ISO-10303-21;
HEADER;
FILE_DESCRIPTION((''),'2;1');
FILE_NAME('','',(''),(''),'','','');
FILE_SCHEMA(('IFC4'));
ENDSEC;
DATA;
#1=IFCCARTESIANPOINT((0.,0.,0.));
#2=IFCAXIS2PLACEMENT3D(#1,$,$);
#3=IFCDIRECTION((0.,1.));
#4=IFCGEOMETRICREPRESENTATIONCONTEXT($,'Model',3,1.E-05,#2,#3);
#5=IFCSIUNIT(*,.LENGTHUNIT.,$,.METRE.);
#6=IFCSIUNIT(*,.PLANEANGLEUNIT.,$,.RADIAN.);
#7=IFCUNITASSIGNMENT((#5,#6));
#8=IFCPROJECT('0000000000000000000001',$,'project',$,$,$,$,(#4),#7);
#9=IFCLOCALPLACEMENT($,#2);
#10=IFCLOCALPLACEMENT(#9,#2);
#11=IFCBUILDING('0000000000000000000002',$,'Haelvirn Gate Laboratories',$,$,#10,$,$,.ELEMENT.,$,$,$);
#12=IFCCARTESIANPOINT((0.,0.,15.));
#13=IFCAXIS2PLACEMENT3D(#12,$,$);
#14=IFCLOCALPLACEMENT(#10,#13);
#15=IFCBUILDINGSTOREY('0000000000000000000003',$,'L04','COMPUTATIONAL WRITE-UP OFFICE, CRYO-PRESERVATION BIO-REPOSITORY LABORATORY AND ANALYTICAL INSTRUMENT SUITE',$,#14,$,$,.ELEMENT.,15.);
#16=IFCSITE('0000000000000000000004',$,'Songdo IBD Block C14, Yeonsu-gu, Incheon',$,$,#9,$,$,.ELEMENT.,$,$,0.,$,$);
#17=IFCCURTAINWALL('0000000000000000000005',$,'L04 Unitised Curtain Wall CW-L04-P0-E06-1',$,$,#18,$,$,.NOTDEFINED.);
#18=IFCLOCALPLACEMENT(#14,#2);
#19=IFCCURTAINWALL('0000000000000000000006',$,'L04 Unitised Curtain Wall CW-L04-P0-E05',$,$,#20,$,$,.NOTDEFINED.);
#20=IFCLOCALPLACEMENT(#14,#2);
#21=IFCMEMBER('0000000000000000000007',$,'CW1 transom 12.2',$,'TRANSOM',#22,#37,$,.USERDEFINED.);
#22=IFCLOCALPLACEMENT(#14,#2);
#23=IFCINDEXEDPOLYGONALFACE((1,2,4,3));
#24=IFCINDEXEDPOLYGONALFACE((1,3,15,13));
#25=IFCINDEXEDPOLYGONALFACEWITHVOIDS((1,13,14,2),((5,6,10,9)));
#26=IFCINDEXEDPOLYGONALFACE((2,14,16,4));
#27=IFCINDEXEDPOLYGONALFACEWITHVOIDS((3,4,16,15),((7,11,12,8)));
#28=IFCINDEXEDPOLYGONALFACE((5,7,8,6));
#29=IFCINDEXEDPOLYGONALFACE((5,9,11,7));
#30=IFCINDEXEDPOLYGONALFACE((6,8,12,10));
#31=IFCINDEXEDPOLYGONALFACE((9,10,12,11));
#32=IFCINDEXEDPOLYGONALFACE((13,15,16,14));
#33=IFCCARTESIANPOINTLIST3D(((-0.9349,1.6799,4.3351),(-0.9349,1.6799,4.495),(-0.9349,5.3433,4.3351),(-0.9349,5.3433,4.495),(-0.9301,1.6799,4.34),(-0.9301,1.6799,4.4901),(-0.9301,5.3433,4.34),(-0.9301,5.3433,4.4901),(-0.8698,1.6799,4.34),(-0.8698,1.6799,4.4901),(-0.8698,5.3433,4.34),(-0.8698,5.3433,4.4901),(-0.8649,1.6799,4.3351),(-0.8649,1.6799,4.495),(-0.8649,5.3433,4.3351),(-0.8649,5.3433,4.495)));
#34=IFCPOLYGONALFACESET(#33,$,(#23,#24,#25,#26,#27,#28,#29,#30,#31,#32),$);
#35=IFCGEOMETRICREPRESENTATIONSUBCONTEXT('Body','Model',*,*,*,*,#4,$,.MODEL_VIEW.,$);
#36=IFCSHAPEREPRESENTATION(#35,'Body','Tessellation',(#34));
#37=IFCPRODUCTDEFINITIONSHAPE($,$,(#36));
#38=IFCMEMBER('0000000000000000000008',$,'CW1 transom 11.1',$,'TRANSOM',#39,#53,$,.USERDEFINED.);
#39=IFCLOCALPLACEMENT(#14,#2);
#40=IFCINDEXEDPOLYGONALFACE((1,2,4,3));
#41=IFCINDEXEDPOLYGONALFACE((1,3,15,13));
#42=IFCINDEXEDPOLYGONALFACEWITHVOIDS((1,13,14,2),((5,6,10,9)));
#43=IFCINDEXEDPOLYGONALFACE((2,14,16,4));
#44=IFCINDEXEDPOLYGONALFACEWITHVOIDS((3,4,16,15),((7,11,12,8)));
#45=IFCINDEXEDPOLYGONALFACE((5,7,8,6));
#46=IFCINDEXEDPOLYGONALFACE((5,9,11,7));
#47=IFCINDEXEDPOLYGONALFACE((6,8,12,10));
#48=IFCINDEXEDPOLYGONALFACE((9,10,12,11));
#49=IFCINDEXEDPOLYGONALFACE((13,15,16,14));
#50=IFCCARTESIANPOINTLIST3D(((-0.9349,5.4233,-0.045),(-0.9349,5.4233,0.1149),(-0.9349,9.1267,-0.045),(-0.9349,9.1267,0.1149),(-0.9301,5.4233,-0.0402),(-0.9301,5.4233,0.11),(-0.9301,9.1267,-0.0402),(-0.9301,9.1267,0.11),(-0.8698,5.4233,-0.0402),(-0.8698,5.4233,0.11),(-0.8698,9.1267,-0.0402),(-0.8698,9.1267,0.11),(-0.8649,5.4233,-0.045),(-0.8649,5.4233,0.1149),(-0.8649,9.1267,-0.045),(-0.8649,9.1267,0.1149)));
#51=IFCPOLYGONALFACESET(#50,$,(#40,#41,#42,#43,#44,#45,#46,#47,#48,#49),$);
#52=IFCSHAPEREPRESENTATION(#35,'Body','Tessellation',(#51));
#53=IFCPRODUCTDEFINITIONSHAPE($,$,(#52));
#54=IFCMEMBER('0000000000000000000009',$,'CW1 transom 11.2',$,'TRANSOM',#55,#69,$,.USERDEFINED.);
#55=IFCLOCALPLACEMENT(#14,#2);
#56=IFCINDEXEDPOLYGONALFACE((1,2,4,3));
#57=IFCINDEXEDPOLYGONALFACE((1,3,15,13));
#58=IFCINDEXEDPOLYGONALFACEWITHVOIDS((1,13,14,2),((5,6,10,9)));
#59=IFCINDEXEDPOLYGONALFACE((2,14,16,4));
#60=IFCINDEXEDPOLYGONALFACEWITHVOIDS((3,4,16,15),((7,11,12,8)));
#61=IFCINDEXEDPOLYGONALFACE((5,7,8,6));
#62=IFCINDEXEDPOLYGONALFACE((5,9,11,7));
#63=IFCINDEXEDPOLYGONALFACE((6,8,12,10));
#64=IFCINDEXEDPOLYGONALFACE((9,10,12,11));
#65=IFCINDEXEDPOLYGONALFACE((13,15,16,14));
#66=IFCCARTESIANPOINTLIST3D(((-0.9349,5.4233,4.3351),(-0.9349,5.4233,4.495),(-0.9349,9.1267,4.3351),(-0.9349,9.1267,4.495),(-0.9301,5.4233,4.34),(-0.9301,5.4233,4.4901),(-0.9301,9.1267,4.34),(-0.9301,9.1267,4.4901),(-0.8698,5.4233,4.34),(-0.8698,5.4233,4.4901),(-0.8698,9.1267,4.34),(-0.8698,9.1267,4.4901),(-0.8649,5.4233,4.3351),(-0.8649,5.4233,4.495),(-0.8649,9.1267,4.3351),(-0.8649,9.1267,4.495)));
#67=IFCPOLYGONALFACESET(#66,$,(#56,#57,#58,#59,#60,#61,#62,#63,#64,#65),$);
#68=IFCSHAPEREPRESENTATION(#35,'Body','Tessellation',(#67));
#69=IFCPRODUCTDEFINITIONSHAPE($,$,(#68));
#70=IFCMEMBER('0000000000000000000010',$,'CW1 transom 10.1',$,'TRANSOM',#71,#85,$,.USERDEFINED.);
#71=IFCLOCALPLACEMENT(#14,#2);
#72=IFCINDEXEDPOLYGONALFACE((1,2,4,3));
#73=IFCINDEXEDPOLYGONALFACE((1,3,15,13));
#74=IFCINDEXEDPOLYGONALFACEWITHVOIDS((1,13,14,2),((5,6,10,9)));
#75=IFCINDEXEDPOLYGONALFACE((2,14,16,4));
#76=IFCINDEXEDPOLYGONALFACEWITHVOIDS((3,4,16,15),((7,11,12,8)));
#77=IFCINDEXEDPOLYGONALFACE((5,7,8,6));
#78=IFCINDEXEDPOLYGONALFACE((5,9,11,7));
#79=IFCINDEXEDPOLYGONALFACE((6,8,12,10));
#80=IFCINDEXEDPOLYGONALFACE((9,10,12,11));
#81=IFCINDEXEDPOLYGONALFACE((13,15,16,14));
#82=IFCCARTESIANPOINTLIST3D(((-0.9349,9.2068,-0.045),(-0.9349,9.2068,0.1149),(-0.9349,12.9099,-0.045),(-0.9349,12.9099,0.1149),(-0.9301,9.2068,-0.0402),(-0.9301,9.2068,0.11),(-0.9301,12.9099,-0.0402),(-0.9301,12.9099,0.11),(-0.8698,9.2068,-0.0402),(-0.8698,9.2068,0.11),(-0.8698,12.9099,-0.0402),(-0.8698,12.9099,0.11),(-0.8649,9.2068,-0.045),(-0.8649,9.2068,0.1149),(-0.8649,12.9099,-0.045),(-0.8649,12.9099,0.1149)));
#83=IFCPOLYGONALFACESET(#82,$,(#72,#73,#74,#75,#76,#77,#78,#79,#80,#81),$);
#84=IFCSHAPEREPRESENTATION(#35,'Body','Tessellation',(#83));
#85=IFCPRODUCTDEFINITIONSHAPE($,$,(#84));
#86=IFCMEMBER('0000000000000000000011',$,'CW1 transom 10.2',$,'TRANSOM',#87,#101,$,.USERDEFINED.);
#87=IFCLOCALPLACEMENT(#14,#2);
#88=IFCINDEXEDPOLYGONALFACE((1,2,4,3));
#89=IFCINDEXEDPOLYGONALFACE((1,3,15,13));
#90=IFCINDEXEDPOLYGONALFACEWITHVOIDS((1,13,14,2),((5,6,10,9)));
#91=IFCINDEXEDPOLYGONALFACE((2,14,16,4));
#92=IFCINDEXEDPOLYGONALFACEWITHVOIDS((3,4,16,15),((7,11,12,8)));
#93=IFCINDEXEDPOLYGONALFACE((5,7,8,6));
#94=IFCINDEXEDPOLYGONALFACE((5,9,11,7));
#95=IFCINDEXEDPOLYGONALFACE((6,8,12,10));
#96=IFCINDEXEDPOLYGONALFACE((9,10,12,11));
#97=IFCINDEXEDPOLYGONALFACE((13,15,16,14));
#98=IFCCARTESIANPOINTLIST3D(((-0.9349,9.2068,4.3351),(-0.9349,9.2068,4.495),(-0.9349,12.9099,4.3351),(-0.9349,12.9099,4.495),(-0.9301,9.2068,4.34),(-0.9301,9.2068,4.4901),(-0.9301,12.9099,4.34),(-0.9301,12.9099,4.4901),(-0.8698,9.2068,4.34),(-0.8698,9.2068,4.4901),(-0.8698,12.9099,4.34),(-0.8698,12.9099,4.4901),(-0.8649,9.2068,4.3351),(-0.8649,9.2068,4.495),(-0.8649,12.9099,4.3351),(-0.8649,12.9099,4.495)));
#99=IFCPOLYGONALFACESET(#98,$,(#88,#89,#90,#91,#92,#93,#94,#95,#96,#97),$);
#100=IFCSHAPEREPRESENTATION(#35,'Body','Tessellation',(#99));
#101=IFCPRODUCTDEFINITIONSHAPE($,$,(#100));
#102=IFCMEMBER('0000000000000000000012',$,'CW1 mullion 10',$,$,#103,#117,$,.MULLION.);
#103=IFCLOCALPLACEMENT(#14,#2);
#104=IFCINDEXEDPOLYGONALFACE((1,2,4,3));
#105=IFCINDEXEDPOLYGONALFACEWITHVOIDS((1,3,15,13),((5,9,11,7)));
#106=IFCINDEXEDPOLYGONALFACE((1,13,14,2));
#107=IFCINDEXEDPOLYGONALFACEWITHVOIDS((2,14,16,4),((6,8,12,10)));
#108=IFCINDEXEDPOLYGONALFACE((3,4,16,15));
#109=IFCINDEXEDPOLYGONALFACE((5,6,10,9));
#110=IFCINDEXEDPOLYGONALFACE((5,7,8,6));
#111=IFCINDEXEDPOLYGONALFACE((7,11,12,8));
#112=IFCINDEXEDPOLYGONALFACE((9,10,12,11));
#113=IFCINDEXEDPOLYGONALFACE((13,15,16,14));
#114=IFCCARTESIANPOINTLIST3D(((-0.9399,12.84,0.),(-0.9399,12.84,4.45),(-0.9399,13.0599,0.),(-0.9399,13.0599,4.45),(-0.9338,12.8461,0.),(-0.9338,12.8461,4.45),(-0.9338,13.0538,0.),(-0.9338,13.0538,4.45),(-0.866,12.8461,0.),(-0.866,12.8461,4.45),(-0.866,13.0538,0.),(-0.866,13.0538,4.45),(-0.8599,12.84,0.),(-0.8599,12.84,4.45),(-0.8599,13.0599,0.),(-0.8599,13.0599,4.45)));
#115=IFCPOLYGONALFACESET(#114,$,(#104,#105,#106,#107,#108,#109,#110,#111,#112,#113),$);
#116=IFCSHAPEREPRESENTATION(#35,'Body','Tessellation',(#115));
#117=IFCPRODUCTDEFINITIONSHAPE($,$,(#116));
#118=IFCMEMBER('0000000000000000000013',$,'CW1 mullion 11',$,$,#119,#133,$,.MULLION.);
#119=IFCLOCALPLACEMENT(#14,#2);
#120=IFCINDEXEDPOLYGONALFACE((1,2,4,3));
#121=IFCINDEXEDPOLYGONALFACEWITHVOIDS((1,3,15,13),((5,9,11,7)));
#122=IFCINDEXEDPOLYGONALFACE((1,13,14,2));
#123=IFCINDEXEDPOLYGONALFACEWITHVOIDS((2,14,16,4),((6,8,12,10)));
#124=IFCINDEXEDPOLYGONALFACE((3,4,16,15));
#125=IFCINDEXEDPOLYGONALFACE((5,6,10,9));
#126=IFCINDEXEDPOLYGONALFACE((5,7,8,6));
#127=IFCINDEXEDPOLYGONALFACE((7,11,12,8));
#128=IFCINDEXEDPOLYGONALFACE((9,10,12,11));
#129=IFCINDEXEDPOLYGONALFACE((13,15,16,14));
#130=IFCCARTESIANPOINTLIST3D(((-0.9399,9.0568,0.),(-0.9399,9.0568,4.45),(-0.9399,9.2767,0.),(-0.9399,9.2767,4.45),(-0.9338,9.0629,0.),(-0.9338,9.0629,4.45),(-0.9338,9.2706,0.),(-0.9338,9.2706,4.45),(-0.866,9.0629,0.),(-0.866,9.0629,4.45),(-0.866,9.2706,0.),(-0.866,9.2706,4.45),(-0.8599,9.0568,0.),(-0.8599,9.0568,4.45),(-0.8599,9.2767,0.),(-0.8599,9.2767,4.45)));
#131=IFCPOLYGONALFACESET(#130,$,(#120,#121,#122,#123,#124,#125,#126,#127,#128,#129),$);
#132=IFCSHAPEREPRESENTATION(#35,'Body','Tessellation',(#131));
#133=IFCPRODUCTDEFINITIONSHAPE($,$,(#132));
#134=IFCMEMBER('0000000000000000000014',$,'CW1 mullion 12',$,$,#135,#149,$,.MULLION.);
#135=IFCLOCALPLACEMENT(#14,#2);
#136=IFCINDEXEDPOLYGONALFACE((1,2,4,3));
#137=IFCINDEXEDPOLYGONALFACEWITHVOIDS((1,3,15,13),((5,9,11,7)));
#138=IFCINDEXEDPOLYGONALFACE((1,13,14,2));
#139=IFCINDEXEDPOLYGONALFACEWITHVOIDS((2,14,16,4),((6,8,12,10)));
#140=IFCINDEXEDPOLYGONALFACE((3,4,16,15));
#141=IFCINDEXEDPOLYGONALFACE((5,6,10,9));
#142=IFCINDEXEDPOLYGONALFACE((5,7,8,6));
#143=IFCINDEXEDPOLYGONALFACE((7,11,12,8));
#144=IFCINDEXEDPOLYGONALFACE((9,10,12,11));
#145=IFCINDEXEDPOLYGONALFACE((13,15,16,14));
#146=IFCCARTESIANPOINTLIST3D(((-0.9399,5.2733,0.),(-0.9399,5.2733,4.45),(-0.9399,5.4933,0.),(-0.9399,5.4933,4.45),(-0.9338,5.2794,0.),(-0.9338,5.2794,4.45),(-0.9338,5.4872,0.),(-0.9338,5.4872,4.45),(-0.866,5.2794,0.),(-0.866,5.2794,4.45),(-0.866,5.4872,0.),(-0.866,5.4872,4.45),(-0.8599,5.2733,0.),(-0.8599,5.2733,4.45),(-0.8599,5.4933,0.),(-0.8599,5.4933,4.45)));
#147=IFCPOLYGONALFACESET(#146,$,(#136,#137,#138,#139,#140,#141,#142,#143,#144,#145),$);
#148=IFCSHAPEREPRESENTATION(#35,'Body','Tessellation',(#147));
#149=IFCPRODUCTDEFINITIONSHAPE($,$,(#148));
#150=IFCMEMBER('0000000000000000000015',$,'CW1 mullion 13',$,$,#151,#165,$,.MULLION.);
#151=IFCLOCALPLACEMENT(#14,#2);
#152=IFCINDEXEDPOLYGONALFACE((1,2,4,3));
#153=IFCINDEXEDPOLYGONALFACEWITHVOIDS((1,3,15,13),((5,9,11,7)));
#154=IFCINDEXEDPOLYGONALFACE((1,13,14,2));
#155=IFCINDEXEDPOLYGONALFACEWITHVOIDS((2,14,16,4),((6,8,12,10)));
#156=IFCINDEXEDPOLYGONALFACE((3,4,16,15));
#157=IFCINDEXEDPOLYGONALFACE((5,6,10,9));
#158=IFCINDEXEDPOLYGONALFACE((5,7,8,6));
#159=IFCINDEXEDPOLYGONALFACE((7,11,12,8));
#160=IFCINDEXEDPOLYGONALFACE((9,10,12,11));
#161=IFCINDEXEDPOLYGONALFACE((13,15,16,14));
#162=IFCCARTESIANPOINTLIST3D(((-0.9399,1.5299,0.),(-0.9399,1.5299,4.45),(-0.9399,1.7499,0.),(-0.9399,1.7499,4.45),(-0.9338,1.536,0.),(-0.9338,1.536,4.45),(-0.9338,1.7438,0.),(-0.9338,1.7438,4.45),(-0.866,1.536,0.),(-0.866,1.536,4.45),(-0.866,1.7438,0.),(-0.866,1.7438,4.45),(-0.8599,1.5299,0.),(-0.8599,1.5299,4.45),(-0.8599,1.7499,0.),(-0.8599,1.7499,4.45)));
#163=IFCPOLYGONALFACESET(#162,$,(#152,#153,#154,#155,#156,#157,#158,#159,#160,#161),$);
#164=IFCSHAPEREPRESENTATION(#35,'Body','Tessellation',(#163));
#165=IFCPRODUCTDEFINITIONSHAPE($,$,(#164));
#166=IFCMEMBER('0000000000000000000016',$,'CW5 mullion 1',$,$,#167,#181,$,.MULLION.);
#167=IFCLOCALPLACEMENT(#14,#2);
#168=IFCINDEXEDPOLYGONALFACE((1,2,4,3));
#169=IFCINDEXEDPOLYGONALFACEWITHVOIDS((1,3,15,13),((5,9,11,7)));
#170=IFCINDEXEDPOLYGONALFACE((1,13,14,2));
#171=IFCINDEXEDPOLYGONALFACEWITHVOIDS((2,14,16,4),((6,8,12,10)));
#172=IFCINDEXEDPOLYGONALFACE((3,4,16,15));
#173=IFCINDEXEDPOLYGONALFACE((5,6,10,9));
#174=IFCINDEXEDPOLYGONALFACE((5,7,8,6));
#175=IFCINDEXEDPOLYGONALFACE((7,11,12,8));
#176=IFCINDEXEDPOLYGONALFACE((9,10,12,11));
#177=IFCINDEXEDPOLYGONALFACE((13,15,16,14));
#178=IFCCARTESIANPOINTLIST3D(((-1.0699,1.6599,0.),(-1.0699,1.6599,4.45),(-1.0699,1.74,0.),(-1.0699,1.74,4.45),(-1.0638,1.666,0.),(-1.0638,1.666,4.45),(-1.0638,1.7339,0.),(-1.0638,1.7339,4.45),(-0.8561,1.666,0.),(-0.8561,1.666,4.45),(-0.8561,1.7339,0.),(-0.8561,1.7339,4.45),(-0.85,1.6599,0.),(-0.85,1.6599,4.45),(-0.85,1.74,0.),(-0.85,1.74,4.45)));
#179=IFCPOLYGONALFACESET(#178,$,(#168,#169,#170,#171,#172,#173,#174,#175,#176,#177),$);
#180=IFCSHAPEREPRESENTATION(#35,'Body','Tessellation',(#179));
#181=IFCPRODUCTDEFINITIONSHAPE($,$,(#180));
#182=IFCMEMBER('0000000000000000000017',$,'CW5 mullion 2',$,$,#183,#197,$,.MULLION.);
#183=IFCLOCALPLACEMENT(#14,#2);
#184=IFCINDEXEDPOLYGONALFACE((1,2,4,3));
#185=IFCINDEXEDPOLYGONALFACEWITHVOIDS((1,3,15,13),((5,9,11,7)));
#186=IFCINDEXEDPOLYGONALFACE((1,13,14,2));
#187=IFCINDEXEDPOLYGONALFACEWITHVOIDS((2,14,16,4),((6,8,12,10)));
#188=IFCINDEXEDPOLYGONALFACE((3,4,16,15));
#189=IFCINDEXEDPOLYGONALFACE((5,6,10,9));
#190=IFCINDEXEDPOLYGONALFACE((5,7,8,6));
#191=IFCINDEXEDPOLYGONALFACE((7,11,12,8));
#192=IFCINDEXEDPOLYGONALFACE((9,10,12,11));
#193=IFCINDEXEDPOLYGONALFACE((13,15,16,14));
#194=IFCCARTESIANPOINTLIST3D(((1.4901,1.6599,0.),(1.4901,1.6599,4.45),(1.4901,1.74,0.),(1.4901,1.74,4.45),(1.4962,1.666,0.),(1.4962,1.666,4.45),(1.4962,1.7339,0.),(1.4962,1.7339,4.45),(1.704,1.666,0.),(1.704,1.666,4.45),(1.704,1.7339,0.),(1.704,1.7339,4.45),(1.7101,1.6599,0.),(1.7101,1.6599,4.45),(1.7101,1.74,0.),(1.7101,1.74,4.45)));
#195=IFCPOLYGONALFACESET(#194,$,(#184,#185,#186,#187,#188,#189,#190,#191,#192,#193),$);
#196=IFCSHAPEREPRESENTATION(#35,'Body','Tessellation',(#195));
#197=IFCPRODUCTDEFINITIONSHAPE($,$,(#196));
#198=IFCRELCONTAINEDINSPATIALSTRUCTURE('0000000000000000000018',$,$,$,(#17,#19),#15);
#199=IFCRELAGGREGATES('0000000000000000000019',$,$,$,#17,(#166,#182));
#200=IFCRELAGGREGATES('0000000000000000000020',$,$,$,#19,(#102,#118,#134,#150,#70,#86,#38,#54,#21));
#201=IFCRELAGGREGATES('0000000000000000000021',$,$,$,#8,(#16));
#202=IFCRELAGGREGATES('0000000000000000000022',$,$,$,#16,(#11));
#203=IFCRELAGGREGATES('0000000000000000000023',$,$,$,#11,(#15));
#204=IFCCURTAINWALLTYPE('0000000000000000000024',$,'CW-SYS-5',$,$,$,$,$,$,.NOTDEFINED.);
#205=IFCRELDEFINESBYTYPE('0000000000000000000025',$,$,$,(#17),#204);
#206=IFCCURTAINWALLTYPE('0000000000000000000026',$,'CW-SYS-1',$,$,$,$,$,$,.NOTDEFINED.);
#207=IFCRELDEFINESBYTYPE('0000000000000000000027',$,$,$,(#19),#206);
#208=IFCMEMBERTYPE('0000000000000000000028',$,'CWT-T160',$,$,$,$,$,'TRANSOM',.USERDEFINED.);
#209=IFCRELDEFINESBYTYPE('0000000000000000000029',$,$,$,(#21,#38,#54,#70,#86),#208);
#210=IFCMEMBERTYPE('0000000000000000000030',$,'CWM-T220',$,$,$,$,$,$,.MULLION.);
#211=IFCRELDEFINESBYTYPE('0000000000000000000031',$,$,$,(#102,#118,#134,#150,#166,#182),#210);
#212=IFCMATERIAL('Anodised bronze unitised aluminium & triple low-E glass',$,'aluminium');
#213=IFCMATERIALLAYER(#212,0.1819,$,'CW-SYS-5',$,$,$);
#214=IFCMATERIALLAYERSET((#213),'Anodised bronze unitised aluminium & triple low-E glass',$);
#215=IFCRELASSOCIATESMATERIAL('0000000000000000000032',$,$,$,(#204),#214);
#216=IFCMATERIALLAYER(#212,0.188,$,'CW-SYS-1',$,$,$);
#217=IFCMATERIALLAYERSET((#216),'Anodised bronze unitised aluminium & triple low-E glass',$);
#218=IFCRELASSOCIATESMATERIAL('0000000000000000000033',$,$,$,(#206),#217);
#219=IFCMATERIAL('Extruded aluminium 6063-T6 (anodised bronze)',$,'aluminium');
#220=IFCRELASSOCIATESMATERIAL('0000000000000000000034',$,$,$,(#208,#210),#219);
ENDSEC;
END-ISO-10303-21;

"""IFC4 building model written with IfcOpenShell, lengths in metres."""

from ifc_helpers import new_model, si_unit, direction, frame, origin, origin_2d, place, context, subcontext, project, spatial, hollow_rectangle, extrude, source, transform, mapped, material, layer, layer_set, material_profile, profile_set, type_object, type_shapes, element, aggregate, save


model = new_model("IFC4")

# Units and contexts
model_context = context("Model", 3, precision=1e-05, world=origin(), true_north=direction((0.0, 1.0)))
body_context = subcontext(model_context, "Body", "Model", "MODEL_VIEW")
ifc_project = project(units=[si_unit("LENGTHUNIT", "METRE"), si_unit("PLANEANGLEUNIT", "RADIAN")], contexts=[model_context])

# Site, building, storey
site_placement = place(None, origin())
site = spatial("IfcSite", under=ifc_project, at=site_placement, Name="Songdo IBD Block C14, Yeonsu-gu, Incheon", CompositionType="ELEMENT", RefElevation=0.0)
building_placement = place(site_placement, origin())
building = spatial("IfcBuilding", under=site, at=building_placement, Name="Haelvirn Gate Laboratories", CompositionType="ELEMENT")
storey_placement = place(building_placement, frame((0.0, 0.0, 15.0)))
storey = spatial("IfcBuildingStorey", under=building, at=storey_placement, Name="L04", Description="COMPUTATIONAL WRITE-UP OFFICE, CRYO-PRESERVATION BIO-REPOSITORY LABORATORY AND ANALYTICAL INSTRUMENT SUITE", CompositionType="ELEMENT", Elevation=15.0)

# Curtain walls, members
ifc_material_1 = material(Name="Anodised bronze unitised aluminium & triple low-E glass", Category="aluminium")
ifc_layer_1 = layer(ifc_material_1, 0.1819, Name="CW-SYS-5")
ifc_layer_set_1 = layer_set([ifc_layer_1], Name="Anodised bronze unitised aluminium & triple low-E glass")
curtain_wall_type_1 = type_object("IfcCurtainWallType", Name="CW-SYS-5", PredefinedType="NOTDEFINED", material=ifc_layer_set_1)
curtain_wall_1_placement = place(storey_placement, origin())
curtain_wall_1 = element("IfcCurtainWall", 1, at=curtain_wall_1_placement, inside=storey, type_object=curtain_wall_type_1, Name="L04 Unitised Curtain Wall CW-L04-P0-E06-1", PredefinedType="NOTDEFINED")
ifc_material_2 = material(Name="Extruded aluminium 6063-T6 (anodised bronze)", Category="aluminium")
ifc_layer_2 = layer(ifc_material_1, 0.188, Name="CW-SYS-1")
ifc_layer_set_2 = layer_set([ifc_layer_2], Name="Anodised bronze unitised aluminium & triple low-E glass")
curtain_wall_type_2 = type_object("IfcCurtainWallType", Name="CW-SYS-1", PredefinedType="NOTDEFINED", material=ifc_layer_set_2)
curtain_wall_2_placement = place(storey_placement, origin())
curtain_wall_2 = element("IfcCurtainWall", 2, at=curtain_wall_2_placement, inside=storey, type_object=curtain_wall_type_2, Name="L04 Unitised Curtain Wall CW-L04-P0-E05", PredefinedType="NOTDEFINED")
ifc_material_profile_1 = material_profile(ifc_material_2, hollow_rectangle(XDim=0.0701, YDim=0.1599, WallThickness=0.0049, at=origin_2d()), Name="CWT-160x70x5")
ifc_profile_set_1 = profile_set([ifc_material_profile_1], Name="Extruded aluminium 6063-T6 (anodised bronze)")
member_type_1 = type_object("IfcMemberType", Name="CWT-T160", ElementType="TRANSOM", PredefinedType="USERDEFINED", material=ifc_profile_set_1)
shared_shape_1 = source(origin(), body_context, "Body", "SweptSolid", [
    extrude(hollow_rectangle(XDim=0.0701, YDim=0.1599, WallThickness=0.0049, at=origin_2d()), origin(), (0.0, 0.0, 1.0), 3.6633),
])
member_1_placement = place(storey_placement, frame((-0.8999, 5.3433, 4.415), z_axis=(0.0, -1.0, 0.0), x_axis=(1.0, 0.0, 0.0)))
member_1 = element("IfcMember", 3, at=member_1_placement, type_object=member_type_1, Name="CW1 transom 12.2", ObjectType="TRANSOM", PredefinedType="USERDEFINED", context=body_context, shape_type="MappedRepresentation", body=[
    mapped(shared_shape_1, transform((0.0, 0.0, 0.0), scale=1.0)),
])
shared_shape_2 = source(origin(), body_context, "Body", "SweptSolid", [
    extrude(hollow_rectangle(XDim=0.0701, YDim=0.1599, WallThickness=0.0049, at=origin_2d()), origin(), (0.0, 0.0, 1.0), 3.7034),
])
member_2_placement = place(storey_placement, frame((-0.8999, 9.1267, 0.0349), z_axis=(0.0, -1.0, 0.0), x_axis=(1.0, 0.0, 0.0)))
member_2 = element("IfcMember", 4, at=member_2_placement, type_object=member_type_1, Name="CW1 transom 11.1", ObjectType="TRANSOM", PredefinedType="USERDEFINED", context=body_context, shape_type="MappedRepresentation", body=[
    mapped(shared_shape_2, transform((0.0, 0.0, 0.0), scale=1.0)),
])
member_3_placement = place(storey_placement, frame((-0.8999, 9.1267, 4.415), z_axis=(0.0, -1.0, 0.0), x_axis=(1.0, 0.0, 0.0)))
member_3 = element("IfcMember", 5, at=member_3_placement, type_object=member_type_1, Name="CW1 transom 11.2", ObjectType="TRANSOM", PredefinedType="USERDEFINED", context=body_context, shape_type="MappedRepresentation", body=[
    mapped(shared_shape_2, transform((0.0, 0.0, 0.0), scale=1.0)),
])
shared_shape_3 = source(origin(), body_context, "Body", "SweptSolid", [
    extrude(hollow_rectangle(XDim=0.0701, YDim=0.1599, WallThickness=0.0049, at=origin_2d()), origin(), (0.0, 0.0, 1.0), 3.7031),
])
type_shapes(member_type_1, [shared_shape_1, shared_shape_2, shared_shape_3])
member_4_placement = place(storey_placement, frame((-0.8999, 12.9099, 0.0349), z_axis=(0.0, -1.0, 0.0), x_axis=(1.0, 0.0, 0.0)))
member_4 = element("IfcMember", 6, at=member_4_placement, type_object=member_type_1, Name="CW1 transom 10.1", ObjectType="TRANSOM", PredefinedType="USERDEFINED", context=body_context, shape_type="MappedRepresentation", body=[
    mapped(shared_shape_3, transform((0.0, 0.0, 0.0), scale=1.0)),
])
member_5_placement = place(storey_placement, frame((-0.8999, 12.9099, 4.415), z_axis=(0.0, -1.0, 0.0), x_axis=(1.0, 0.0, 0.0)))
member_5 = element("IfcMember", 7, at=member_5_placement, type_object=member_type_1, Name="CW1 transom 10.2", ObjectType="TRANSOM", PredefinedType="USERDEFINED", context=body_context, shape_type="MappedRepresentation", body=[
    mapped(shared_shape_3, transform((0.0, 0.0, 0.0), scale=1.0)),
])
ifc_material_profile_2 = material_profile(ifc_material_2, hollow_rectangle(XDim=0.0801, YDim=0.22, WallThickness=0.0061, at=origin_2d()), Name="CWM-220x80x6")
ifc_profile_set_2 = profile_set([ifc_material_profile_2], Name="Extruded aluminium 6063-T6 (anodised bronze)")
member_type_2 = type_object("IfcMemberType", Name="CWM-T220", PredefinedType="MULLION", material=ifc_profile_set_2)
shared_shape_4 = source(origin(), body_context, "Body", "SweptSolid", [
    extrude(hollow_rectangle(XDim=0.0801, YDim=0.22, WallThickness=0.0061, at=origin_2d()), origin(), (0.0, 0.0, 1.0), 4.45),
])
type_shapes(member_type_2, [shared_shape_4])
member_6_placement = place(storey_placement, frame((-0.8999, 12.95, 0.0), z_axis=(0.0, 0.0, 1.0), x_axis=(1.0, 0.0, 0.0)))
member_6 = element("IfcMember", 8, at=member_6_placement, type_object=member_type_2, Name="CW1 mullion 10", PredefinedType="MULLION", context=body_context, shape_type="MappedRepresentation", body=[
    mapped(shared_shape_4, transform((0.0, 0.0, 0.0), scale=1.0)),
])
member_7_placement = place(storey_placement, frame((-0.8999, 9.1667, 0.0), z_axis=(0.0, 0.0, 1.0), x_axis=(1.0, 0.0, 0.0)))
member_7 = element("IfcMember", 9, at=member_7_placement, type_object=member_type_2, Name="CW1 mullion 11", PredefinedType="MULLION", context=body_context, shape_type="MappedRepresentation", body=[
    mapped(shared_shape_4, transform((0.0, 0.0, 0.0), scale=1.0)),
])
member_8_placement = place(storey_placement, frame((-0.8999, 5.3833, 0.0), z_axis=(0.0, 0.0, 1.0), x_axis=(1.0, 0.0, 0.0)))
member_8 = element("IfcMember", 10, at=member_8_placement, type_object=member_type_2, Name="CW1 mullion 12", PredefinedType="MULLION", context=body_context, shape_type="MappedRepresentation", body=[
    mapped(shared_shape_4, transform((0.0, 0.0, 0.0), scale=1.0)),
])
member_9_placement = place(storey_placement, frame((-0.8999, 1.6399, 0.0), z_axis=(0.0, 0.0, 1.0), x_axis=(1.0, 0.0, 0.0)))
member_9 = element("IfcMember", 11, at=member_9_placement, type_object=member_type_2, Name="CW1 mullion 13", PredefinedType="MULLION", context=body_context, shape_type="MappedRepresentation", body=[
    mapped(shared_shape_4, transform((0.0, 0.0, 0.0), scale=1.0)),
])

# Members
member_10_placement = place(storey_placement, frame((-0.96, 1.7, 0.0), z_axis=(0.0, 0.0, 1.0), x_axis=(0.0, 1.0, 0.0)))
member_10 = element("IfcMember", 12, at=member_10_placement, type_object=member_type_2, Name="CW5 mullion 1", PredefinedType="MULLION", context=body_context, shape_type="MappedRepresentation", body=[
    mapped(shared_shape_4, transform((0.0, 0.0, 0.0), scale=1.0)),
])
member_11_placement = place(storey_placement, frame((1.6001, 1.7, 0.0), z_axis=(0.0, 0.0, 1.0), x_axis=(0.0, 1.0, 0.0)))
member_11 = element("IfcMember", 13, at=member_11_placement, type_object=member_type_2, Name="CW5 mullion 2", PredefinedType="MULLION", context=body_context, shape_type="MappedRepresentation", body=[
    mapped(shared_shape_4, transform((0.0, 0.0, 0.0), scale=1.0)),
])

aggregate(curtain_wall_1, [member_10, member_11])
aggregate(curtain_wall_2, [member_6, member_7, member_8, member_9, member_4, member_5, member_2, member_3, member_1])

save(model, "model.ifc")
